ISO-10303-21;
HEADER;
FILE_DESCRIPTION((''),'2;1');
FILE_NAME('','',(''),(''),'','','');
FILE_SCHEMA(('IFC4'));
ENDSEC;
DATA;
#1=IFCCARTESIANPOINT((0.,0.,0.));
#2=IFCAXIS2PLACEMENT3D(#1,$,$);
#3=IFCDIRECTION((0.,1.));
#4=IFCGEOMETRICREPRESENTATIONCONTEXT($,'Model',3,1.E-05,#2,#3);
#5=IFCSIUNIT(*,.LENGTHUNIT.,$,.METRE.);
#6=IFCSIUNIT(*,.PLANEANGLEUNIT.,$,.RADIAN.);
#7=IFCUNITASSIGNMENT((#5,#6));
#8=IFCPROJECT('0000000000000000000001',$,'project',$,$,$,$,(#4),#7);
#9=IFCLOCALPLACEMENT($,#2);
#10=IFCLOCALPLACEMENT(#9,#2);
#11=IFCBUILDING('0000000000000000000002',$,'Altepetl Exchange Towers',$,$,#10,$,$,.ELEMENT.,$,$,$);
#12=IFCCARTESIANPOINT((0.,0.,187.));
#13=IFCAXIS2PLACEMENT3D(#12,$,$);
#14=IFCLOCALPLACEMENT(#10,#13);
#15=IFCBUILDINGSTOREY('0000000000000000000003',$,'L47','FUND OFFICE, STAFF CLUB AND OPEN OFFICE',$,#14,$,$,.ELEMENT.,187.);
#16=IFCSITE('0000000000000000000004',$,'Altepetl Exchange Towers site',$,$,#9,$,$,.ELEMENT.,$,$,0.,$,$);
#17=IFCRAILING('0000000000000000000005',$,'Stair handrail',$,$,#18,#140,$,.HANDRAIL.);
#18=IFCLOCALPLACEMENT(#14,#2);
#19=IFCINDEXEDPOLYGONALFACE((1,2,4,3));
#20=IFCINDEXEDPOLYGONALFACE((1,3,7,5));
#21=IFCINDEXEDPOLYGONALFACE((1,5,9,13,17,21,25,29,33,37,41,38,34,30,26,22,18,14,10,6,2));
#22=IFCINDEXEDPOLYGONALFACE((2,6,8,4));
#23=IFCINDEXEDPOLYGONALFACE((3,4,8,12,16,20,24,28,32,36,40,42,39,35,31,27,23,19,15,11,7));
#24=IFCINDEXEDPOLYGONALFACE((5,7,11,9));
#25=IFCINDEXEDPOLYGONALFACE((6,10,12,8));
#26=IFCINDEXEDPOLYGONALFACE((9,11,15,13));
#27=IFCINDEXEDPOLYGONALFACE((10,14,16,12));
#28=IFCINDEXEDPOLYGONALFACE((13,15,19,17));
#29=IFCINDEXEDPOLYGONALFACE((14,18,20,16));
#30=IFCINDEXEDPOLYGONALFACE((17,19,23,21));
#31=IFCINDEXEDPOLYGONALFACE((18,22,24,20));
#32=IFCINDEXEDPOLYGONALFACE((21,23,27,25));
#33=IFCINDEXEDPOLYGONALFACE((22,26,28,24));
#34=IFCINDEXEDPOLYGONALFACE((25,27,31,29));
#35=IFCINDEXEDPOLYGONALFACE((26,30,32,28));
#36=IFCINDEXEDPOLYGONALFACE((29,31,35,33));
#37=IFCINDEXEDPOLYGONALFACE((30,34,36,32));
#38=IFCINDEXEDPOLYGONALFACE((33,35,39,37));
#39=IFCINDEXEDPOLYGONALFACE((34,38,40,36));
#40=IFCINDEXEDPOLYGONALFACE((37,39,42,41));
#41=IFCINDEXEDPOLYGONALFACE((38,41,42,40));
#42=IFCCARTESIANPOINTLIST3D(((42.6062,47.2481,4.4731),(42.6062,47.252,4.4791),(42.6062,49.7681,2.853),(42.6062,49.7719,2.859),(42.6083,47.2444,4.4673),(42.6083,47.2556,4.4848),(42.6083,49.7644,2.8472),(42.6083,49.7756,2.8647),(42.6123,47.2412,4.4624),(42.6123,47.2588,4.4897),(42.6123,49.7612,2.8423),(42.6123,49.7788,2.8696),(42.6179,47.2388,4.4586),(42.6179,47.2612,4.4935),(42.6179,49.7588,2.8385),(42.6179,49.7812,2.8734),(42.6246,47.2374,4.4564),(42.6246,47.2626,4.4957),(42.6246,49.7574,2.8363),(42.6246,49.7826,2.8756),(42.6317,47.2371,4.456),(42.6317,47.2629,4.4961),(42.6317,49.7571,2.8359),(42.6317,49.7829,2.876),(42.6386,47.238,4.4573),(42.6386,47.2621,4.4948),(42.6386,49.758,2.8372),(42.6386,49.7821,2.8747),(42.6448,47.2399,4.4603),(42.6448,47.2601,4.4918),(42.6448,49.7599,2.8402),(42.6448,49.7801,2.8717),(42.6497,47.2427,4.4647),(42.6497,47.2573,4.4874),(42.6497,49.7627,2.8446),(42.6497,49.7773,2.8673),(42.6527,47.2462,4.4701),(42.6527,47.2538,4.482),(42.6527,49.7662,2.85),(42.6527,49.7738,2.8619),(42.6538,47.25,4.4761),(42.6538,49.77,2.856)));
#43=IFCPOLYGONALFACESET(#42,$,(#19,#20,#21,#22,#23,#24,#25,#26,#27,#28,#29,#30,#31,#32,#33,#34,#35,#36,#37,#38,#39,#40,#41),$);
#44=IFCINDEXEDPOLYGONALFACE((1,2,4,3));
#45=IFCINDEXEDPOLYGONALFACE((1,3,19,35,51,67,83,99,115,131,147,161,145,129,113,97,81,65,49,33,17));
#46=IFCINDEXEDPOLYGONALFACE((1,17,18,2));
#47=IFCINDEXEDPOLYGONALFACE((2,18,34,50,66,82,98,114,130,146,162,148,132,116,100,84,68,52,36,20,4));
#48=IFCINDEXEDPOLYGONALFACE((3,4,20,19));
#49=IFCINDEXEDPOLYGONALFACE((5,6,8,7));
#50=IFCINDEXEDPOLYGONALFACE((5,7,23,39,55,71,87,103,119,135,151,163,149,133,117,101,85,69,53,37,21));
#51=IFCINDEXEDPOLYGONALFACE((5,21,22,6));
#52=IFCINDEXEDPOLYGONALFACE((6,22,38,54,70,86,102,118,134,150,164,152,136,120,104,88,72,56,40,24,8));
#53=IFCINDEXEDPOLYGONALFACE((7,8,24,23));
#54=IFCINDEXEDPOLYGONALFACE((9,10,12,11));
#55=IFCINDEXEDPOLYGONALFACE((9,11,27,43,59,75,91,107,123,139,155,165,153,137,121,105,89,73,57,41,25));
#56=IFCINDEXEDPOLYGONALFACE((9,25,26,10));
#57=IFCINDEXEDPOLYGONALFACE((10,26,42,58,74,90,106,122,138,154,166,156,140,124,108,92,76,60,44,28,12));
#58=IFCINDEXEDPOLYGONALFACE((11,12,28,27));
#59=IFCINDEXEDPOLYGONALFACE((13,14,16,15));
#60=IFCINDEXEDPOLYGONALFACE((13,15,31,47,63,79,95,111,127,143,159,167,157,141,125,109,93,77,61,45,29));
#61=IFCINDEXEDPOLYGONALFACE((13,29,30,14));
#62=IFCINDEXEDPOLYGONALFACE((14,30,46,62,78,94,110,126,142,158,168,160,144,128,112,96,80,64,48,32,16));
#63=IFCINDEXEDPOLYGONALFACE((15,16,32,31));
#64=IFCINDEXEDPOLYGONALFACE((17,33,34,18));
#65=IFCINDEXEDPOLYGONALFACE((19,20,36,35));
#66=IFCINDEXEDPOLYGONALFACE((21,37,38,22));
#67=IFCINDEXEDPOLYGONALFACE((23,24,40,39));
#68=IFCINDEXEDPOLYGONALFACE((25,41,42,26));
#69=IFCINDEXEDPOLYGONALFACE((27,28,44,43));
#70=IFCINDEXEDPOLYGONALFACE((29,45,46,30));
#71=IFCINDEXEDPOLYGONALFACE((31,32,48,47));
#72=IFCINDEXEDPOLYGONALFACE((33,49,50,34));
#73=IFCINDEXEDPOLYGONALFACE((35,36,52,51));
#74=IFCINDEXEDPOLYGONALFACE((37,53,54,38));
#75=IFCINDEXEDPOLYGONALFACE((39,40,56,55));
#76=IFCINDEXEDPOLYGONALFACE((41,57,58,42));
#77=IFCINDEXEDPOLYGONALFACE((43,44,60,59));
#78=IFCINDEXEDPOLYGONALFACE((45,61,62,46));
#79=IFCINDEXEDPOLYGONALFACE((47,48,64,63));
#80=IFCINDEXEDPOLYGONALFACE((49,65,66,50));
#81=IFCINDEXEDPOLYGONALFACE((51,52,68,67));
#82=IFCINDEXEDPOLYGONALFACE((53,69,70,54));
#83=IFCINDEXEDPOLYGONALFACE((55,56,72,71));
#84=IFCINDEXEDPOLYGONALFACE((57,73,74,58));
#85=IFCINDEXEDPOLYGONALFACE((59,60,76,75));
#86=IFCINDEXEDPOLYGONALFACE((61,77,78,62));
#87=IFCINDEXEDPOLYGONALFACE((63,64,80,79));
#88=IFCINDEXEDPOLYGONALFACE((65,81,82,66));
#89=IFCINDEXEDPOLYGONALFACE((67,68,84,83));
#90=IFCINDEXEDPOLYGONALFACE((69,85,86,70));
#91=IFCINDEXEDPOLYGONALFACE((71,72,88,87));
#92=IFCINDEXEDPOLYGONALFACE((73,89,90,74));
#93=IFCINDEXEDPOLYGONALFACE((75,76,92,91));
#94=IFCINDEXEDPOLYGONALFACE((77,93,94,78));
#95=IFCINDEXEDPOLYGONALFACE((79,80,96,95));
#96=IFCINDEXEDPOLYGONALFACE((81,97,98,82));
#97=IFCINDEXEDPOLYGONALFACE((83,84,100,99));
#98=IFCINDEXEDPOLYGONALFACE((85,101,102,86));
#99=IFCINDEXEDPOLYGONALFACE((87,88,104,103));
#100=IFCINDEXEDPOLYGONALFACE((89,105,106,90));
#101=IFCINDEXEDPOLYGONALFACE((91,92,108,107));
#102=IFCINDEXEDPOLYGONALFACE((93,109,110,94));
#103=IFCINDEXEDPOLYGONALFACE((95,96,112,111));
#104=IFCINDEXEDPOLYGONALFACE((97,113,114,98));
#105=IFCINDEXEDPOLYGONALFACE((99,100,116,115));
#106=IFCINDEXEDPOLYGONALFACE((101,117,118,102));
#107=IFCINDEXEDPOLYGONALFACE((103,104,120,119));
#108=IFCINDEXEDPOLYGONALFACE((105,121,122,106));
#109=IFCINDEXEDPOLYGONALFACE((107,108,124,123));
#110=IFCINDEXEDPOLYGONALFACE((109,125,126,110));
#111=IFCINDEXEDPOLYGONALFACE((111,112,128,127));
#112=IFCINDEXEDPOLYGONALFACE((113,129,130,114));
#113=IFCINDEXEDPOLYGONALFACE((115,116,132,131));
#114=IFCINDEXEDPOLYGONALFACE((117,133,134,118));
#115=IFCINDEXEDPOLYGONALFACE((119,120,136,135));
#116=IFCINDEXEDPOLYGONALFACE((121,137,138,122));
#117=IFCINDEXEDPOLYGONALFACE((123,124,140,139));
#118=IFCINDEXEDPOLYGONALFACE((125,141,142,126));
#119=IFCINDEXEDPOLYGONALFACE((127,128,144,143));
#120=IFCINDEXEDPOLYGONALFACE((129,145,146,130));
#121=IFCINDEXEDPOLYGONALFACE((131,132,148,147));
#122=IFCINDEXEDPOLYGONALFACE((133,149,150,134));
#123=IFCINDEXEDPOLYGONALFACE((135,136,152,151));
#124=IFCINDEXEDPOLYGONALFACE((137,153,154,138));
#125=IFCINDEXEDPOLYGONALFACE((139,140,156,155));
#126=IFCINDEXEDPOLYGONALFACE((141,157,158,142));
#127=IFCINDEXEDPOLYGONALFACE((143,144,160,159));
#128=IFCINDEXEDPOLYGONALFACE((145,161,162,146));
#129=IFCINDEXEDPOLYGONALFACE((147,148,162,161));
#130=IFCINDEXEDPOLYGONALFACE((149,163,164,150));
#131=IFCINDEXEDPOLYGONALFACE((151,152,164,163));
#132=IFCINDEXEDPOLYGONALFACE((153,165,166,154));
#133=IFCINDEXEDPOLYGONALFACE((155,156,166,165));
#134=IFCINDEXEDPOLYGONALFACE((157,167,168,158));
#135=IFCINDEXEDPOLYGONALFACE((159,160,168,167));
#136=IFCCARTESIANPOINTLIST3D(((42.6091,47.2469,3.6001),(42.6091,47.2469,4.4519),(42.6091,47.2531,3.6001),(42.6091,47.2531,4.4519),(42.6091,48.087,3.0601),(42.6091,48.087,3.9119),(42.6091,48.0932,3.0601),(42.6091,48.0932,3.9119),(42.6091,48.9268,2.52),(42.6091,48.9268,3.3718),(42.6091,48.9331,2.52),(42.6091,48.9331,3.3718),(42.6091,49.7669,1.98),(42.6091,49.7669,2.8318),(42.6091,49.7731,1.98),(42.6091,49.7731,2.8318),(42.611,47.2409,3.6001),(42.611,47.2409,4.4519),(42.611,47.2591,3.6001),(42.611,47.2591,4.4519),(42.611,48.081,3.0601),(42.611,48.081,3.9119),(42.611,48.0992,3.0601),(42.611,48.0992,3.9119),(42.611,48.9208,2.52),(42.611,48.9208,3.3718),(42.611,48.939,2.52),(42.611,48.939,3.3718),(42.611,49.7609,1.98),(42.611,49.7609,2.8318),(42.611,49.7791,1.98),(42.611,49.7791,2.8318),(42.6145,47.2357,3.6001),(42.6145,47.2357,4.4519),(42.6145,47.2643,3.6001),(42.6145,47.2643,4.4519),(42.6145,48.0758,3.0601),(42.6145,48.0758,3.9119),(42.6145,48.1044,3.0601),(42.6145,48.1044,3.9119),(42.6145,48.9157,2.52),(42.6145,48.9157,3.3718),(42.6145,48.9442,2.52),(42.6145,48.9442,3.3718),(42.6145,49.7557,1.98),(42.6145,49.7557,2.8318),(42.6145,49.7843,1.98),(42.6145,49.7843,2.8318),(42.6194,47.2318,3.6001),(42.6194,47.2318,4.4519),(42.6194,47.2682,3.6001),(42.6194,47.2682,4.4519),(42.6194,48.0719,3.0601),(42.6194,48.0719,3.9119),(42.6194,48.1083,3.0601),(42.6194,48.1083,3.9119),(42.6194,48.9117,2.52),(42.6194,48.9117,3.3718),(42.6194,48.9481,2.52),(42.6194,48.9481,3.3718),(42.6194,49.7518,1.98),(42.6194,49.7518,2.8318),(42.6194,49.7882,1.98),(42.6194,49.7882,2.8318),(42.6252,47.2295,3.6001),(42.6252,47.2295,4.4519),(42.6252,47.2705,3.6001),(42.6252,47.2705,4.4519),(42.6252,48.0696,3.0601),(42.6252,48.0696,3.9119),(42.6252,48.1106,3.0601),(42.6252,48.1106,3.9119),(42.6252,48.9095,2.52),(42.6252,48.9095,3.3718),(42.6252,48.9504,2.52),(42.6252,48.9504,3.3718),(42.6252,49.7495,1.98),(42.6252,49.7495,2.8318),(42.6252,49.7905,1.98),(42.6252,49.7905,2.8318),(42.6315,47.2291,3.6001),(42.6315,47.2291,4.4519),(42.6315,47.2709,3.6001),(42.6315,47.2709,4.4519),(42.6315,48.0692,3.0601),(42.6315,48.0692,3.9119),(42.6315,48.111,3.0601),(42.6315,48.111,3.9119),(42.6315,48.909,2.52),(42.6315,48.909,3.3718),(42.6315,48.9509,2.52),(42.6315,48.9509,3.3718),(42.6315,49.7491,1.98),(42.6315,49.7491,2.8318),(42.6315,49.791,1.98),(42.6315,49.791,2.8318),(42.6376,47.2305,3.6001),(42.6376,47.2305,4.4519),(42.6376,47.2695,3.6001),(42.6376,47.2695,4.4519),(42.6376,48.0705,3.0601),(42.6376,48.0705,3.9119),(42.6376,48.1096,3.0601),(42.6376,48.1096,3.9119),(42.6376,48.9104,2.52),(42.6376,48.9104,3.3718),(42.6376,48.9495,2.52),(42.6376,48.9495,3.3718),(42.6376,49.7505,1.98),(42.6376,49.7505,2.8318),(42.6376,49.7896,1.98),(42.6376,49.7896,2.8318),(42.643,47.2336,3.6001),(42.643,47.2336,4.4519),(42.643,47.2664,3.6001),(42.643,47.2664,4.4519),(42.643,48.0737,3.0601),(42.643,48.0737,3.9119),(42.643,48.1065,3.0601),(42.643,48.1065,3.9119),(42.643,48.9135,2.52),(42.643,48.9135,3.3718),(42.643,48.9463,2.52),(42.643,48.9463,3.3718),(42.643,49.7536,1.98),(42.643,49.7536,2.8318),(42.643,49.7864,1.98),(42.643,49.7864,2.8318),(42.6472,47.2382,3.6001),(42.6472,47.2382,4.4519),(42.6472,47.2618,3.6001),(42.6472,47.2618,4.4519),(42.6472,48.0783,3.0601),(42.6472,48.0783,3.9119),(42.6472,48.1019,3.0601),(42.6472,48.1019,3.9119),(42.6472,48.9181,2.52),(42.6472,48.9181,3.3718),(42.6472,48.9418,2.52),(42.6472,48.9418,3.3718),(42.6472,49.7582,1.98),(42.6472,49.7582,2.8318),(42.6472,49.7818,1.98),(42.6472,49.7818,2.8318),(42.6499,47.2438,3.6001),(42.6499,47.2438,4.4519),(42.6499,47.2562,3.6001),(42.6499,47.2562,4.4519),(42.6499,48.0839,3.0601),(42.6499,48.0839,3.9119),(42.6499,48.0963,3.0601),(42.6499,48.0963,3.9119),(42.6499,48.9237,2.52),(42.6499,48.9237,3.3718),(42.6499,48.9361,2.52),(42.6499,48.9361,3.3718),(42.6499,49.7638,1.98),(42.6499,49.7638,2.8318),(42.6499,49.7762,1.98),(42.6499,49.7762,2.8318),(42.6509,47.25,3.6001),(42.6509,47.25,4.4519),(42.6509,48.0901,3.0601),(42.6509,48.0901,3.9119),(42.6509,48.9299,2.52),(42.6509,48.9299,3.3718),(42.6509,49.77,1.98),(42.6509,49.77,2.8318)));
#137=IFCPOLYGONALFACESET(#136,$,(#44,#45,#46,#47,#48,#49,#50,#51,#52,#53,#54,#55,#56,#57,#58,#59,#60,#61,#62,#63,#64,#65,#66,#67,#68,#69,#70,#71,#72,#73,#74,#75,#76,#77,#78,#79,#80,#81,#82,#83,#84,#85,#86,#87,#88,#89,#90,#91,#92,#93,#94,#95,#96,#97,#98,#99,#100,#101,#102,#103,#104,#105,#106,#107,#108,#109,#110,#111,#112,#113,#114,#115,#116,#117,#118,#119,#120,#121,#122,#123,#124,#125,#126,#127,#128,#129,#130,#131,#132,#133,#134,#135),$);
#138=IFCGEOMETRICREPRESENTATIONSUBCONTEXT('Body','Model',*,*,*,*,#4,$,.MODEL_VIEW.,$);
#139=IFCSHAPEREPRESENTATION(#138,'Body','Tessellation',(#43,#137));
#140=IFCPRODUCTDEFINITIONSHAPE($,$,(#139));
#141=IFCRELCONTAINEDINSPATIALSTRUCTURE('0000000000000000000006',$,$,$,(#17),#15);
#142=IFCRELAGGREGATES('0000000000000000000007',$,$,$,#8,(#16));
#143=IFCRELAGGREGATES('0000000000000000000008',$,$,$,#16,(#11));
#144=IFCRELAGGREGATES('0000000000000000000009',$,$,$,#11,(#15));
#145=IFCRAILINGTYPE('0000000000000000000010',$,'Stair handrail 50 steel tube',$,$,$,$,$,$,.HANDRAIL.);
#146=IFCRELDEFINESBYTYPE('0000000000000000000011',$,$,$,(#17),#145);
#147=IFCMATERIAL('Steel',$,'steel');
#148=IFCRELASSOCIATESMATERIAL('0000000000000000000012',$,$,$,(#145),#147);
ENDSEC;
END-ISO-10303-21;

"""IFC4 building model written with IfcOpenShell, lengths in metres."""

from ifc_helpers import new_model, si_unit, direction, frame, origin, origin_2d, place, context, subcontext, project, spatial, circle, extrude, source, transform, mapped, material, type_object, element, save


model = new_model("IFC4")

# Units and contexts
model_context = context("Model", 3, precision=1e-05, world=origin(), true_north=direction((0.0, 1.0)))
body_context = subcontext(model_context, "Body", "Model", "MODEL_VIEW")
ifc_project = project(units=[si_unit("LENGTHUNIT", "METRE"), si_unit("PLANEANGLEUNIT", "RADIAN")], contexts=[model_context])

# Site, building, storey
site_placement = place(None, origin())
site = spatial("IfcSite", under=ifc_project, at=site_placement, Name="Altepetl Exchange Towers site", CompositionType="ELEMENT", RefElevation=0.0)
building_placement = place(site_placement, origin())
building = spatial("IfcBuilding", under=site, at=building_placement, Name="Altepetl Exchange Towers", CompositionType="ELEMENT")
storey_placement = place(building_placement, frame((0.0, 0.0, 187.0)))
storey = spatial("IfcBuildingStorey", under=building, at=storey_placement, Name="L47", Description="FUND OFFICE, STAFF CLUB AND OPEN OFFICE", CompositionType="ELEMENT", Elevation=187.0)

# Railing
ifc_material_1 = material(Name="Steel", Category="steel")
railing_type = type_object("IfcRailingType", Name="Stair handrail 50 steel tube", PredefinedType="HANDRAIL", material=ifc_material_1)
shared_shape = source(origin(), body_context, "Body", "SweptSolid", [
    extrude(circle(Radius=0.021, at=origin_2d()), origin(), (0.0, 0.0, 1.0), 0.8518),
])
railing_1_placement = place(storey_placement, frame((42.6299, 49.77, 1.98)))
element("IfcRailing", 1, at=railing_1_placement, inside=storey, type_object=railing_type, Name="Stair handrail", PredefinedType="HANDRAIL", context=body_context, shape_type="SweptSolid", body=[
    extrude(circle(Radius=0.0239, at=origin_2d()), frame((0.0, 0.0, 0.876), z_axis=(0.0, -0.841163, 0.540782), x_axis=(1.0, 0.0, 0.0)), (0.0, 0.0, 1.0), 2.9958),
    mapped(shared_shape, transform((0.0, 0.0, 0.0))),
    mapped(shared_shape, transform((0.0, -0.8401, 0.54))),
    mapped(shared_shape, transform((0.0, -1.6799, 1.0801))),
    mapped(shared_shape, transform((0.0, -2.52, 1.6201))),
])

save(model, "model.ifc")
